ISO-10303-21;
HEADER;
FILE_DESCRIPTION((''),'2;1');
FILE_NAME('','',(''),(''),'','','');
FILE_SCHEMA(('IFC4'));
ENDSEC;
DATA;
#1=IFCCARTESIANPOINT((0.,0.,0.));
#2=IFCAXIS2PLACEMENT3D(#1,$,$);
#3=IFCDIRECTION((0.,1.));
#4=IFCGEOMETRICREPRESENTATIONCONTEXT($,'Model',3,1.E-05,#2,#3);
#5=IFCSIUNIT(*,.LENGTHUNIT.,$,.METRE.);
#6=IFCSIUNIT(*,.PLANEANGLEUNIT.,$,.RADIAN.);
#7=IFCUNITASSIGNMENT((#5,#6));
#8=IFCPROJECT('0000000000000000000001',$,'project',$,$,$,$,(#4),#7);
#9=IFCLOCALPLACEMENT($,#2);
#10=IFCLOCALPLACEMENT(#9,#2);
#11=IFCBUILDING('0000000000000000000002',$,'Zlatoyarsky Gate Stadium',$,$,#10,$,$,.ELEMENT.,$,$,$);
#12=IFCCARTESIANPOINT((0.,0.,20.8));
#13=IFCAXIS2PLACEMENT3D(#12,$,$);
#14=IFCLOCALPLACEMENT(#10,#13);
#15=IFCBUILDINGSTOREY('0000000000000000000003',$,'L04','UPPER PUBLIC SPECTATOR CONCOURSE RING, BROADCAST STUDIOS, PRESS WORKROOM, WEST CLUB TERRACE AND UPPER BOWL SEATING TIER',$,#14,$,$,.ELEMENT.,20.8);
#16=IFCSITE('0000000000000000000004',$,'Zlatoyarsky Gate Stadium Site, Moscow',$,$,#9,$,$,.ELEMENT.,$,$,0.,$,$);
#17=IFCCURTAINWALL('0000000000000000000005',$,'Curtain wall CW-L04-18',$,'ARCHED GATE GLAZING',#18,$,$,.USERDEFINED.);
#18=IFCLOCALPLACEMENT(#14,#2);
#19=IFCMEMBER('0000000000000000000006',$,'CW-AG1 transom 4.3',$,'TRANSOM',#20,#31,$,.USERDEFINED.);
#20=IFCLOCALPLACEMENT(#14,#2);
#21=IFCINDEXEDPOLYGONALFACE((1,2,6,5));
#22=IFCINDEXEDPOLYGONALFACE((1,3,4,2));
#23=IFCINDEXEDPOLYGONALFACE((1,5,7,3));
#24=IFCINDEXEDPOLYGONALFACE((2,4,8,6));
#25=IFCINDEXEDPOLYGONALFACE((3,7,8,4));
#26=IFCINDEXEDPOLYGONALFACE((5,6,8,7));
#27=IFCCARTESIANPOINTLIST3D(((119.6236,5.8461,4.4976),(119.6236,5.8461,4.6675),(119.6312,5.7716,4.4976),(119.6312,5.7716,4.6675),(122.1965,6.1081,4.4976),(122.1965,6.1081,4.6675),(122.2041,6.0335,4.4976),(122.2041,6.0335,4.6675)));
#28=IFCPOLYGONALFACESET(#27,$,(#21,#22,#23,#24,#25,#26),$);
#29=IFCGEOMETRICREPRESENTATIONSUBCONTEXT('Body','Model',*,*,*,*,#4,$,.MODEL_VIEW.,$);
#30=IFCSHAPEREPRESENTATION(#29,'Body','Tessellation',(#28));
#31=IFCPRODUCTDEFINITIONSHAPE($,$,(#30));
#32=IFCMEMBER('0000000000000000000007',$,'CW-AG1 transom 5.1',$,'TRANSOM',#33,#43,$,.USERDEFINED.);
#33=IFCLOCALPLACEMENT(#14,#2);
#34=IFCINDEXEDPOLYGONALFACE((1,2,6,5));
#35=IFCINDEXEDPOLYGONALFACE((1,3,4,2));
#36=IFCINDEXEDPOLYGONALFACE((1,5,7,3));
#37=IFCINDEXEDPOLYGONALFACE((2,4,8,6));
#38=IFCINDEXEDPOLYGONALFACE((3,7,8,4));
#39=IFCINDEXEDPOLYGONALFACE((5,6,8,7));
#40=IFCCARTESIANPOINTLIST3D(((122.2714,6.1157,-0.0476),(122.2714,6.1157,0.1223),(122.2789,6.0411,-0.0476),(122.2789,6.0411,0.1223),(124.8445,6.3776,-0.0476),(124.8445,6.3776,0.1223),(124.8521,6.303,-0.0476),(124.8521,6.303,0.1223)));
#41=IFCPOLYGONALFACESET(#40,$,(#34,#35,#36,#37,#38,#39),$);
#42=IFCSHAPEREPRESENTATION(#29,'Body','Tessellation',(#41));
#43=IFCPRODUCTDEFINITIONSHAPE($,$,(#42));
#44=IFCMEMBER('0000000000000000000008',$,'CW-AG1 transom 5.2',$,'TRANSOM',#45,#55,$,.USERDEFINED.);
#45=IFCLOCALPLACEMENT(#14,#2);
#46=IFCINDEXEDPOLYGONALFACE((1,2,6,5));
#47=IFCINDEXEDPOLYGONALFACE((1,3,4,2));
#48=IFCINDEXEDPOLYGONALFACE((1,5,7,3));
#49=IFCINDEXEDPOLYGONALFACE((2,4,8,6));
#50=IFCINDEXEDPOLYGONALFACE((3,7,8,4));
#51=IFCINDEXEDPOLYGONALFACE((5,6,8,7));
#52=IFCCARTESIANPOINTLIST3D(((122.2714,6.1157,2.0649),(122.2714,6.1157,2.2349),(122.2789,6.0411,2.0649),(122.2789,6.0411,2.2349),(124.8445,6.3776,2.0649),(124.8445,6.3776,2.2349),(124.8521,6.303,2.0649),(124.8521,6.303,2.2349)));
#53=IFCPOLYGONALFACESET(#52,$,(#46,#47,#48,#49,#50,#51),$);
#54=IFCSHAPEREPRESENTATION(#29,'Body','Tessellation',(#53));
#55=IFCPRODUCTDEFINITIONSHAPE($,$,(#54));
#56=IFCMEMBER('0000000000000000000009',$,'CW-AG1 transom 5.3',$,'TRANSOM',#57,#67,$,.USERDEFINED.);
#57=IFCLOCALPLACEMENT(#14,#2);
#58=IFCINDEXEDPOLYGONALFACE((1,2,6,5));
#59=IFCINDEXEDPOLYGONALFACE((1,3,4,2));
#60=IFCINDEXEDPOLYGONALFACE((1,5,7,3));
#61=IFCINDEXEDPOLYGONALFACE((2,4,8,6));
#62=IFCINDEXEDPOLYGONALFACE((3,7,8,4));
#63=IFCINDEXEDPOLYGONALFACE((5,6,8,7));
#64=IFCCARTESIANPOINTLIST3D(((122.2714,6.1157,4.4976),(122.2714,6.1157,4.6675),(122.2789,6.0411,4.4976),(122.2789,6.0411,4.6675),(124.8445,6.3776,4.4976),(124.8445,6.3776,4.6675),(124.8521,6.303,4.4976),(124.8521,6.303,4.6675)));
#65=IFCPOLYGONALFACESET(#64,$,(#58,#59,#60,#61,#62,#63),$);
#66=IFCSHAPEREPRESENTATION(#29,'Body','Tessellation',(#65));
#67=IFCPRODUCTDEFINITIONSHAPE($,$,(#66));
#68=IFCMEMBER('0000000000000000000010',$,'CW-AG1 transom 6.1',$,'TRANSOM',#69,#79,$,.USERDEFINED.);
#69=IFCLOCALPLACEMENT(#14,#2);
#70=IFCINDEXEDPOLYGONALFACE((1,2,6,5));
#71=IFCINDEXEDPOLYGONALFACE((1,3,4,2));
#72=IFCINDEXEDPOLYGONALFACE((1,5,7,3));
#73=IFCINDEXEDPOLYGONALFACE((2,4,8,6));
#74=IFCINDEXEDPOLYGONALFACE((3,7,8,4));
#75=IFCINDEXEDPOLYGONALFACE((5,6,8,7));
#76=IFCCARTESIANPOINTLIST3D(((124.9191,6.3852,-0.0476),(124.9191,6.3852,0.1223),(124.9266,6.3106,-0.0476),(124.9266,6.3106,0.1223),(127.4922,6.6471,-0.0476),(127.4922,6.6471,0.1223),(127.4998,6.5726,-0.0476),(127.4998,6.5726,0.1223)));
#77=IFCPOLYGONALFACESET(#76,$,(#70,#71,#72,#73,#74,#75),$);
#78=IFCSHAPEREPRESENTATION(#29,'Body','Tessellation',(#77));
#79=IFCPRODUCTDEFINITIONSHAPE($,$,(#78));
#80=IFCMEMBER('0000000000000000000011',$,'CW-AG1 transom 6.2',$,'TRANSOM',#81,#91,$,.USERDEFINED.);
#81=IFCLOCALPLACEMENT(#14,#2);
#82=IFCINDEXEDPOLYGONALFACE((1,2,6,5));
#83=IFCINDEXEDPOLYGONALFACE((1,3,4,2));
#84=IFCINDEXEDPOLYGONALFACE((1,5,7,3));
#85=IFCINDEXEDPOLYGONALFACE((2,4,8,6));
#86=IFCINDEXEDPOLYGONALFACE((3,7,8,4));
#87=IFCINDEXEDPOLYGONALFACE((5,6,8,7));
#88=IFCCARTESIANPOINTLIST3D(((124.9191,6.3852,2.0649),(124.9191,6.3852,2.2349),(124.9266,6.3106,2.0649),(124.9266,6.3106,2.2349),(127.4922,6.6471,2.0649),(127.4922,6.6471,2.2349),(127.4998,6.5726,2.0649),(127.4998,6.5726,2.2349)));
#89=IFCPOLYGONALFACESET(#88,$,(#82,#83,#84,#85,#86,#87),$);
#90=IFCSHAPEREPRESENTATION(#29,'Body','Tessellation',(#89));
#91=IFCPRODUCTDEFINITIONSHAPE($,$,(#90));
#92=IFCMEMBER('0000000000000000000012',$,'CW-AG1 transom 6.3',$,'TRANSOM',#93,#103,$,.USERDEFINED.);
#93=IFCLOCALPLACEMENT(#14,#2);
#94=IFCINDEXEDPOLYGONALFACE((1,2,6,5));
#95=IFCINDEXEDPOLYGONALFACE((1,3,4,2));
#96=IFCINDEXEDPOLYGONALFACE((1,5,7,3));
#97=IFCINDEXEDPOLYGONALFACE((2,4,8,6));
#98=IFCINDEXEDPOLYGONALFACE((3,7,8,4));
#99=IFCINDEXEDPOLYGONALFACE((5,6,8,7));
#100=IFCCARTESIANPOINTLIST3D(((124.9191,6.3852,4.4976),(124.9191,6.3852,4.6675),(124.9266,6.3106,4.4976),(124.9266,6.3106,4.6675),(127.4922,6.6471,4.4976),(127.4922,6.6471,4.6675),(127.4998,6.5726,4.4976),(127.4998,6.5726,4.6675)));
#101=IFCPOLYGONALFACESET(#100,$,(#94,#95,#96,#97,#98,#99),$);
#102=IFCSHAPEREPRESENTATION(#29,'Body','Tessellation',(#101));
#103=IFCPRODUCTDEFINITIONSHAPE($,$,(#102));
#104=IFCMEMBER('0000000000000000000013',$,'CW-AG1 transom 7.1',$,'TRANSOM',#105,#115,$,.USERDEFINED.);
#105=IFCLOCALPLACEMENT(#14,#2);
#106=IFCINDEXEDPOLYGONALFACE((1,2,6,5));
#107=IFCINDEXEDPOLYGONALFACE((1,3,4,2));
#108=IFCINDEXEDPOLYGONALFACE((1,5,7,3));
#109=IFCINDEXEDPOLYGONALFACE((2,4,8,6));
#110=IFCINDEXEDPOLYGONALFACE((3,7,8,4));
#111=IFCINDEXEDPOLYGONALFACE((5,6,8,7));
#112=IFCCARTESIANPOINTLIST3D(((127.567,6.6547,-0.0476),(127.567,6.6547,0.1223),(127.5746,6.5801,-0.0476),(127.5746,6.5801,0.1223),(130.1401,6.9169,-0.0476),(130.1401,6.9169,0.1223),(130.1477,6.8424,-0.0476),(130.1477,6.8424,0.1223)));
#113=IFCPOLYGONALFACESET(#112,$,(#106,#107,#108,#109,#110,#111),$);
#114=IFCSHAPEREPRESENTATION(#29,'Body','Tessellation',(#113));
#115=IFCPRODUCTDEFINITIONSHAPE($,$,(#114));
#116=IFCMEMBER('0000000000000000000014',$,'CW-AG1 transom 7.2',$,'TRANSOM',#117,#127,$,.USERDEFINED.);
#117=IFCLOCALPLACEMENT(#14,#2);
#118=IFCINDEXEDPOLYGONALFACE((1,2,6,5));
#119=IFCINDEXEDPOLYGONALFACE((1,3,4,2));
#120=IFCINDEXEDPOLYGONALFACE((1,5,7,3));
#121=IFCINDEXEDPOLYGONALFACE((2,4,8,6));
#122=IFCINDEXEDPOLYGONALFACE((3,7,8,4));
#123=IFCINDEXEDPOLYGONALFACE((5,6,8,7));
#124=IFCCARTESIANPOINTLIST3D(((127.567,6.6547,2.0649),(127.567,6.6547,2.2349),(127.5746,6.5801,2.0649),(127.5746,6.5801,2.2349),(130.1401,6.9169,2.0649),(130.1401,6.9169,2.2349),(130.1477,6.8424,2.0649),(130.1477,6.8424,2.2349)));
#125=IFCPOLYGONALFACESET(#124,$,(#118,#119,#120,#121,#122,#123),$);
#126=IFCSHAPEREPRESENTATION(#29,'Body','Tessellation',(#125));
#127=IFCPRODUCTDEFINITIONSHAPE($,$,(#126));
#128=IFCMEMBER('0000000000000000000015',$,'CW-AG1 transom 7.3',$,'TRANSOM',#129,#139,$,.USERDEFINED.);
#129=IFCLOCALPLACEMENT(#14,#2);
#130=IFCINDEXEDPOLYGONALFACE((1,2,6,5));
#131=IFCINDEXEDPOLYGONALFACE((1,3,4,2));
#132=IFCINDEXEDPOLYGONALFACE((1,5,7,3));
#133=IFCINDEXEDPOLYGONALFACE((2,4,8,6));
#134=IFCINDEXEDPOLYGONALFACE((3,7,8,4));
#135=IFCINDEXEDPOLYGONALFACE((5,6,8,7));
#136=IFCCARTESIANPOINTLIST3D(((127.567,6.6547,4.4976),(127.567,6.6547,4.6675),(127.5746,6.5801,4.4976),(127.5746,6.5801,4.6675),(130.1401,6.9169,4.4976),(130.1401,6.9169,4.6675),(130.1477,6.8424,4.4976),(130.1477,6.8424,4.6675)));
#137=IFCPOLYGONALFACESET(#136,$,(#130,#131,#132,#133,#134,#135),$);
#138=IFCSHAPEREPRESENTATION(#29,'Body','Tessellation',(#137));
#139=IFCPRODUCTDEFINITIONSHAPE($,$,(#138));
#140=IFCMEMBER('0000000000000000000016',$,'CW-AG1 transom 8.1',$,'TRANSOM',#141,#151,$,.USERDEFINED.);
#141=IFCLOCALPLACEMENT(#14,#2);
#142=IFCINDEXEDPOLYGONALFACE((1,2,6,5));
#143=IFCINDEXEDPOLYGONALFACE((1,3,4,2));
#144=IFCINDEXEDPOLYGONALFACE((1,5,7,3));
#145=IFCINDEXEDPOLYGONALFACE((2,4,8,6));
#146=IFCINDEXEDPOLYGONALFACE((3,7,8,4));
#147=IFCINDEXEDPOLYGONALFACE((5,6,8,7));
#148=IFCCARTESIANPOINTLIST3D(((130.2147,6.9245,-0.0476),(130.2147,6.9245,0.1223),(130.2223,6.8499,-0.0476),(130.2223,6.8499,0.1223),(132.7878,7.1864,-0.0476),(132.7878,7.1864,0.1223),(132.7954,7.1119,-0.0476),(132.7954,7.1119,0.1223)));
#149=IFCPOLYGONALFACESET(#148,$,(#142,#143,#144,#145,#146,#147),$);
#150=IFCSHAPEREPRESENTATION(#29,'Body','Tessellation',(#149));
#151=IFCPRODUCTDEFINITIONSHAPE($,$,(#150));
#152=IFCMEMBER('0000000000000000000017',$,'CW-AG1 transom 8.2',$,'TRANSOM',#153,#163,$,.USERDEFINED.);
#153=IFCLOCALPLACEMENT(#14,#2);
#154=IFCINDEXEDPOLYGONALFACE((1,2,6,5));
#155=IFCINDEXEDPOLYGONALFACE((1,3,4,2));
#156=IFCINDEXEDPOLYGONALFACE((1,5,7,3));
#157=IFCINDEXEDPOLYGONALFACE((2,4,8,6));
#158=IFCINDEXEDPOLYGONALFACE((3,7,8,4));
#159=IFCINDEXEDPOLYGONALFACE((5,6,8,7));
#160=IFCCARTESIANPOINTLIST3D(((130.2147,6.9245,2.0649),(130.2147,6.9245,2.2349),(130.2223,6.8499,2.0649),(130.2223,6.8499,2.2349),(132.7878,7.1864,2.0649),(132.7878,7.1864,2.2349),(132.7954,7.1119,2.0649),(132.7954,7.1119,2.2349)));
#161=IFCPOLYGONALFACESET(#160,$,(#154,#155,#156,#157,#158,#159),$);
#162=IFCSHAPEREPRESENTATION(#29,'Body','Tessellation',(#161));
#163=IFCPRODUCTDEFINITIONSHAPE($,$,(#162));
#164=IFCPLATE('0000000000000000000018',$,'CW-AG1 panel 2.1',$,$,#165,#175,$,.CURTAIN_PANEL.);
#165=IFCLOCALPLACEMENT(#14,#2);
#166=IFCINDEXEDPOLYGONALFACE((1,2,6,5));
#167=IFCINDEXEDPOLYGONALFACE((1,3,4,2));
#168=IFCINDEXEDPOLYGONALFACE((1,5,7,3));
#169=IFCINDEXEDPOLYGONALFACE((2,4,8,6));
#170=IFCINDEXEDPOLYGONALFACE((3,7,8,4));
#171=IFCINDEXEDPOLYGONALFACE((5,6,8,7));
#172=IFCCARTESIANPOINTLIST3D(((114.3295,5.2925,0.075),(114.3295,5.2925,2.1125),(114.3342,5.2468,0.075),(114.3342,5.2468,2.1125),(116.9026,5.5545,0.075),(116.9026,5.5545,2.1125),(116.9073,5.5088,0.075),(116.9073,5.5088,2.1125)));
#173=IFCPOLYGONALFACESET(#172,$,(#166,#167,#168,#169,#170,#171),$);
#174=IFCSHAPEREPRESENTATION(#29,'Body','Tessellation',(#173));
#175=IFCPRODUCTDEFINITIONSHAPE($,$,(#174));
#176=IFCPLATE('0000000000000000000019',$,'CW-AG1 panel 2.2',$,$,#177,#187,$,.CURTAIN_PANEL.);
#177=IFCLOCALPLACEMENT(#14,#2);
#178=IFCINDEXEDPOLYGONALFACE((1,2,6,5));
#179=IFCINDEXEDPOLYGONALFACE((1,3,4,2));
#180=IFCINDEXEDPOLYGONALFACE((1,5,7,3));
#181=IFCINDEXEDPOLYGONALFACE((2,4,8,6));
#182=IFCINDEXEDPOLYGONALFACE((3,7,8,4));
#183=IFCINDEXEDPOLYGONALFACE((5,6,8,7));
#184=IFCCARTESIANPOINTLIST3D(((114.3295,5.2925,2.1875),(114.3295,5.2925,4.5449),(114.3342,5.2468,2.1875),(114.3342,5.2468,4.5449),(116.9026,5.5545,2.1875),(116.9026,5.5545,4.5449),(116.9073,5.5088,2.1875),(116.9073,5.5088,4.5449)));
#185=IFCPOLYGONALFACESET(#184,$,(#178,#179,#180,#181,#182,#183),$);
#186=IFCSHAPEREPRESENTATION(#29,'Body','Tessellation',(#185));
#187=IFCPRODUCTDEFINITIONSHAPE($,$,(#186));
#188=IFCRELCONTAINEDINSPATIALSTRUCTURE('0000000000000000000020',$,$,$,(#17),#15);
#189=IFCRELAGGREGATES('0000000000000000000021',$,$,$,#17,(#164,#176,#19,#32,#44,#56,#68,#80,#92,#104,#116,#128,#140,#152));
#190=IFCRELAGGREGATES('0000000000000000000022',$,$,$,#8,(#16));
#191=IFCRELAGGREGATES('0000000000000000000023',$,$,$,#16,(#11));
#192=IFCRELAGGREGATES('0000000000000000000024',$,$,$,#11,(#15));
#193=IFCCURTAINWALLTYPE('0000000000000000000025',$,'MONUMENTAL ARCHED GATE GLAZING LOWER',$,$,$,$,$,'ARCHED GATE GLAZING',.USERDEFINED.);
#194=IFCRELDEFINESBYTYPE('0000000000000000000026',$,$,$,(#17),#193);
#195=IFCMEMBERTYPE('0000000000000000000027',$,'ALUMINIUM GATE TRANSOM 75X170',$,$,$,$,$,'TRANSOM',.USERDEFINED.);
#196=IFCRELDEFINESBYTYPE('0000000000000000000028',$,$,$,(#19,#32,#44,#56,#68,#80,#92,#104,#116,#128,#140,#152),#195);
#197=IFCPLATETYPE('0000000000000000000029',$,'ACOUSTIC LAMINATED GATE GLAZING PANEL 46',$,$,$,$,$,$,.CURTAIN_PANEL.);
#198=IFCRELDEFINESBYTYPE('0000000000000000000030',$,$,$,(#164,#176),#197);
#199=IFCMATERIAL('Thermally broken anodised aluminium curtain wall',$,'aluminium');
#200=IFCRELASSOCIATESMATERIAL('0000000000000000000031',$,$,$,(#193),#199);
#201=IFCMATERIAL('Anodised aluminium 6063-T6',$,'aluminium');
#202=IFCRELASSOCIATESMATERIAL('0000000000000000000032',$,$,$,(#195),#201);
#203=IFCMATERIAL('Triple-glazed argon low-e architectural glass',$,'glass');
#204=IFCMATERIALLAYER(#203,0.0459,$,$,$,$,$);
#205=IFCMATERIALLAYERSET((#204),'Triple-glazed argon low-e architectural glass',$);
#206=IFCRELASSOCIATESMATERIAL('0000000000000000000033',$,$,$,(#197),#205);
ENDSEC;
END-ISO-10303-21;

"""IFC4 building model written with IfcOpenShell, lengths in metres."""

from ifc_helpers import new_model, si_unit, direction, frame, origin, origin_2d, place, context, subcontext, project, spatial, rectangle, extrude, material, layer, layer_set, material_profile, profile_set, type_object, element, aggregate, save


model = new_model("IFC4")

# Units and contexts
model_context = context("Model", 3, precision=1e-05, world=origin(), true_north=direction((0.0, 1.0)))
body_context = subcontext(model_context, "Body", "Model", "MODEL_VIEW")
ifc_project = project(units=[si_unit("LENGTHUNIT", "METRE"), si_unit("PLANEANGLEUNIT", "RADIAN")], contexts=[model_context])

# Site, building, storey
site_placement = place(None, origin())
site = spatial("IfcSite", under=ifc_project, at=site_placement, Name="Zlatoyarsky Gate Stadium Site, Moscow", CompositionType="ELEMENT", RefElevation=0.0)
building_placement = place(site_placement, origin())
building = spatial("IfcBuilding", under=site, at=building_placement, Name="Zlatoyarsky Gate Stadium", CompositionType="ELEMENT")
storey_placement = place(building_placement, frame((0.0, 0.0, 20.8)))
storey = spatial("IfcBuildingStorey", under=building, at=storey_placement, Name="L04", Description="UPPER PUBLIC SPECTATOR CONCOURSE RING, BROADCAST STUDIOS, PRESS WORKROOM, WEST CLUB TERRACE AND UPPER BOWL SEATING TIER", CompositionType="ELEMENT", Elevation=20.8)

# Curtain wall, members, plates
ifc_material_1 = material(Name="Thermally broken anodised aluminium curtain wall", Category="aluminium")
curtain_wall_type = type_object("IfcCurtainWallType", Name="MONUMENTAL ARCHED GATE GLAZING LOWER", ElementType="ARCHED GATE GLAZING", PredefinedType="USERDEFINED", material=ifc_material_1)
curtain_wall_placement = place(storey_placement, origin())
curtain_wall = element("IfcCurtainWall", 1, at=curtain_wall_placement, inside=storey, type_object=curtain_wall_type, Name="Curtain wall CW-L04-18", ObjectType="ARCHED GATE GLAZING", PredefinedType="USERDEFINED")
ifc_material_2 = material(Name="Anodised aluminium 6063-T6", Category="aluminium")
ifc_material_profile_1 = material_profile(ifc_material_2, rectangle(XDim=0.075, YDim=0.1699, at=origin_2d()), Name="ALU 75X170")
ifc_profile_set_1 = profile_set([ifc_material_profile_1], Name="Anodised aluminium 6063-T6")
member_type_1 = type_object("IfcMemberType", Name="ALUMINIUM GATE TRANSOM 75X170", ElementType="TRANSOM", PredefinedType="USERDEFINED", material=ifc_profile_set_1)
member_1_placement = place(storey_placement, frame((119.6274, 5.8088, 4.5825), z_axis=(0.994857, 0.101289, 0.0), x_axis=(-0.101289, 0.994857, 0.0)))
member_1 = element("IfcMember", 2, at=member_1_placement, type_object=member_type_1, Name="CW-AG1 transom 4.3", ObjectType="TRANSOM", PredefinedType="USERDEFINED", context=body_context, shape_type="SweptSolid", body=[
    extrude(rectangle(XDim=0.075, YDim=0.1699, at=origin_2d()), origin(), (0.0, 0.0, 1.0), 2.5862),
])
member_2_placement = place(storey_placement, frame((122.2751, 6.0784, 0.0374), z_axis=(0.994858, 0.101279, 0.0), x_axis=(-0.101279, 0.994858, 0.0)))
member_2 = element("IfcMember", 3, at=member_2_placement, type_object=member_type_1, Name="CW-AG1 transom 5.1", ObjectType="TRANSOM", PredefinedType="USERDEFINED", context=body_context, shape_type="SweptSolid", body=[
    extrude(rectangle(XDim=0.075, YDim=0.1699, at=origin_2d()), origin(), (0.0, 0.0, 1.0), 2.5864),
])
member_3_placement = place(storey_placement, frame((122.2751, 6.0784, 2.1499), z_axis=(0.994858, 0.101279, 0.0), x_axis=(-0.101279, 0.994858, 0.0)))
member_3 = element("IfcMember", 4, at=member_3_placement, type_object=member_type_1, Name="CW-AG1 transom 5.2", ObjectType="TRANSOM", PredefinedType="USERDEFINED", context=body_context, shape_type="SweptSolid", body=[
    extrude(rectangle(XDim=0.075, YDim=0.1699, at=origin_2d()), origin(), (0.0, 0.0, 1.0), 2.5864),
])
member_4_placement = place(storey_placement, frame((122.2751, 6.0784, 4.5825), z_axis=(0.994858, 0.101279, 0.0), x_axis=(-0.101279, 0.994858, 0.0)))
member_4 = element("IfcMember", 5, at=member_4_placement, type_object=member_type_1, Name="CW-AG1 transom 5.3", ObjectType="TRANSOM", PredefinedType="USERDEFINED", context=body_context, shape_type="SweptSolid", body=[
    extrude(rectangle(XDim=0.075, YDim=0.1699, at=origin_2d()), origin(), (0.0, 0.0, 1.0), 2.5864),
])
member_5_placement = place(storey_placement, frame((124.9229, 6.3479, 0.0374), z_axis=(0.994858, 0.101279, 0.0), x_axis=(-0.101279, 0.994858, 0.0)))
member_5 = element("IfcMember", 6, at=member_5_placement, type_object=member_type_1, Name="CW-AG1 transom 6.1", ObjectType="TRANSOM", PredefinedType="USERDEFINED", context=body_context, shape_type="SweptSolid", body=[
    extrude(rectangle(XDim=0.075, YDim=0.1699, at=origin_2d()), origin(), (0.0, 0.0, 1.0), 2.5864),
])
member_6_placement = place(storey_placement, frame((124.9229, 6.3479, 2.1499), z_axis=(0.994858, 0.101279, 0.0), x_axis=(-0.101279, 0.994858, 0.0)))
member_6 = element("IfcMember", 7, at=member_6_placement, type_object=member_type_1, Name="CW-AG1 transom 6.2", ObjectType="TRANSOM", PredefinedType="USERDEFINED", context=body_context, shape_type="SweptSolid", body=[
    extrude(rectangle(XDim=0.075, YDim=0.1699, at=origin_2d()), origin(), (0.0, 0.0, 1.0), 2.5864),
])
member_7_placement = place(storey_placement, frame((124.9229, 6.3479, 4.5825), z_axis=(0.994858, 0.101279, 0.0), x_axis=(-0.101279, 0.994858, 0.0)))
member_7 = element("IfcMember", 8, at=member_7_placement, type_object=member_type_1, Name="CW-AG1 transom 6.3", ObjectType="TRANSOM", PredefinedType="USERDEFINED", context=body_context, shape_type="SweptSolid", body=[
    extrude(rectangle(XDim=0.075, YDim=0.1699, at=origin_2d()), origin(), (0.0, 0.0, 1.0), 2.5864),
])
member_8_placement = place(storey_placement, frame((127.5708, 6.6174, 0.0374), z_axis=(0.994848, 0.101382, 0.0), x_axis=(-0.101382, 0.994848, 0.0)))
member_8 = element("IfcMember", 9, at=member_8_placement, type_object=member_type_1, Name="CW-AG1 transom 7.1", ObjectType="TRANSOM", PredefinedType="USERDEFINED", context=body_context, shape_type="SweptSolid", body=[
    extrude(rectangle(XDim=0.075, YDim=0.1699, at=origin_2d()), origin(), (0.0, 0.0, 1.0), 2.5864),
])
member_9_placement = place(storey_placement, frame((127.5708, 6.6174, 2.1499), z_axis=(0.994848, 0.101382, 0.0), x_axis=(-0.101382, 0.994848, 0.0)))
member_9 = element("IfcMember", 10, at=member_9_placement, type_object=member_type_1, Name="CW-AG1 transom 7.2", ObjectType="TRANSOM", PredefinedType="USERDEFINED", context=body_context, shape_type="SweptSolid", body=[
    extrude(rectangle(XDim=0.075, YDim=0.1699, at=origin_2d()), origin(), (0.0, 0.0, 1.0), 2.5864),
])
member_10_placement = place(storey_placement, frame((127.5708, 6.6174, 4.5825), z_axis=(0.994848, 0.101382, 0.0), x_axis=(-0.101382, 0.994848, 0.0)))
member_10 = element("IfcMember", 11, at=member_10_placement, type_object=member_type_1, Name="CW-AG1 transom 7.3", ObjectType="TRANSOM", PredefinedType="USERDEFINED", context=body_context, shape_type="SweptSolid", body=[
    extrude(rectangle(XDim=0.075, YDim=0.1699, at=origin_2d()), origin(), (0.0, 0.0, 1.0), 2.5864),
])
member_11_placement = place(storey_placement, frame((130.2185, 6.8872, 0.0374), z_axis=(0.994858, 0.101279, 0.0), x_axis=(-0.101279, 0.994858, 0.0)))
member_11 = element("IfcMember", 12, at=member_11_placement, type_object=member_type_1, Name="CW-AG1 transom 8.1", ObjectType="TRANSOM", PredefinedType="USERDEFINED", context=body_context, shape_type="SweptSolid", body=[
    extrude(rectangle(XDim=0.075, YDim=0.1699, at=origin_2d()), origin(), (0.0, 0.0, 1.0), 2.5864),
])
member_12_placement = place(storey_placement, frame((130.2185, 6.8872, 2.1499), z_axis=(0.994858, 0.101279, 0.0), x_axis=(-0.101279, 0.994858, 0.0)))
member_12 = element("IfcMember", 13, at=member_12_placement, type_object=member_type_1, Name="CW-AG1 transom 8.2", ObjectType="TRANSOM", PredefinedType="USERDEFINED", context=body_context, shape_type="SweptSolid", body=[
    extrude(rectangle(XDim=0.075, YDim=0.1699, at=origin_2d()), origin(), (0.0, 0.0, 1.0), 2.5864),
])
ifc_material_3 = material(Name="Triple-glazed argon low-e architectural glass", Category="glass")
ifc_layer = layer(ifc_material_3, 0.0459)
ifc_layer_set = layer_set([ifc_layer], Name="Triple-glazed argon low-e architectural glass")
plate_type = type_object("IfcPlateType", Name="ACOUSTIC LAMINATED GATE GLAZING PANEL 46", PredefinedType="CURTAIN_PANEL", material=ifc_layer_set)
plate_1_placement = place(storey_placement, frame((115.6184, 5.4006, 0.075), z_axis=(0.0, 0.0, 1.0), x_axis=(0.994857, 0.101293, 0.0)))
plate_1 = element("IfcPlate", 14, at=plate_1_placement, type_object=plate_type, Name="CW-AG1 panel 2.1", PredefinedType="CURTAIN_PANEL", context=body_context, shape_type="SweptSolid", body=[
    extrude(rectangle(XDim=2.5864, YDim=0.0459, at=origin_2d()), origin(), (0.0, 0.0, 1.0), 2.0376),
])
plate_2_placement = place(storey_placement, frame((115.6184, 5.4006, 2.1875), z_axis=(0.0, 0.0, 1.0), x_axis=(0.994857, 0.101293, 0.0)))
plate_2 = element("IfcPlate", 15, at=plate_2_placement, type_object=plate_type, Name="CW-AG1 panel 2.2", PredefinedType="CURTAIN_PANEL", context=body_context, shape_type="SweptSolid", body=[
    extrude(rectangle(XDim=2.5864, YDim=0.0459, at=origin_2d()), origin(), (0.0, 0.0, 1.0), 2.3574),
])
aggregate(curtain_wall, [plate_1, plate_2, member_1, member_2, member_3, member_4, member_5, member_6, member_7, member_8, member_9, member_10, member_11, member_12])

save(model, "model.ifc")
